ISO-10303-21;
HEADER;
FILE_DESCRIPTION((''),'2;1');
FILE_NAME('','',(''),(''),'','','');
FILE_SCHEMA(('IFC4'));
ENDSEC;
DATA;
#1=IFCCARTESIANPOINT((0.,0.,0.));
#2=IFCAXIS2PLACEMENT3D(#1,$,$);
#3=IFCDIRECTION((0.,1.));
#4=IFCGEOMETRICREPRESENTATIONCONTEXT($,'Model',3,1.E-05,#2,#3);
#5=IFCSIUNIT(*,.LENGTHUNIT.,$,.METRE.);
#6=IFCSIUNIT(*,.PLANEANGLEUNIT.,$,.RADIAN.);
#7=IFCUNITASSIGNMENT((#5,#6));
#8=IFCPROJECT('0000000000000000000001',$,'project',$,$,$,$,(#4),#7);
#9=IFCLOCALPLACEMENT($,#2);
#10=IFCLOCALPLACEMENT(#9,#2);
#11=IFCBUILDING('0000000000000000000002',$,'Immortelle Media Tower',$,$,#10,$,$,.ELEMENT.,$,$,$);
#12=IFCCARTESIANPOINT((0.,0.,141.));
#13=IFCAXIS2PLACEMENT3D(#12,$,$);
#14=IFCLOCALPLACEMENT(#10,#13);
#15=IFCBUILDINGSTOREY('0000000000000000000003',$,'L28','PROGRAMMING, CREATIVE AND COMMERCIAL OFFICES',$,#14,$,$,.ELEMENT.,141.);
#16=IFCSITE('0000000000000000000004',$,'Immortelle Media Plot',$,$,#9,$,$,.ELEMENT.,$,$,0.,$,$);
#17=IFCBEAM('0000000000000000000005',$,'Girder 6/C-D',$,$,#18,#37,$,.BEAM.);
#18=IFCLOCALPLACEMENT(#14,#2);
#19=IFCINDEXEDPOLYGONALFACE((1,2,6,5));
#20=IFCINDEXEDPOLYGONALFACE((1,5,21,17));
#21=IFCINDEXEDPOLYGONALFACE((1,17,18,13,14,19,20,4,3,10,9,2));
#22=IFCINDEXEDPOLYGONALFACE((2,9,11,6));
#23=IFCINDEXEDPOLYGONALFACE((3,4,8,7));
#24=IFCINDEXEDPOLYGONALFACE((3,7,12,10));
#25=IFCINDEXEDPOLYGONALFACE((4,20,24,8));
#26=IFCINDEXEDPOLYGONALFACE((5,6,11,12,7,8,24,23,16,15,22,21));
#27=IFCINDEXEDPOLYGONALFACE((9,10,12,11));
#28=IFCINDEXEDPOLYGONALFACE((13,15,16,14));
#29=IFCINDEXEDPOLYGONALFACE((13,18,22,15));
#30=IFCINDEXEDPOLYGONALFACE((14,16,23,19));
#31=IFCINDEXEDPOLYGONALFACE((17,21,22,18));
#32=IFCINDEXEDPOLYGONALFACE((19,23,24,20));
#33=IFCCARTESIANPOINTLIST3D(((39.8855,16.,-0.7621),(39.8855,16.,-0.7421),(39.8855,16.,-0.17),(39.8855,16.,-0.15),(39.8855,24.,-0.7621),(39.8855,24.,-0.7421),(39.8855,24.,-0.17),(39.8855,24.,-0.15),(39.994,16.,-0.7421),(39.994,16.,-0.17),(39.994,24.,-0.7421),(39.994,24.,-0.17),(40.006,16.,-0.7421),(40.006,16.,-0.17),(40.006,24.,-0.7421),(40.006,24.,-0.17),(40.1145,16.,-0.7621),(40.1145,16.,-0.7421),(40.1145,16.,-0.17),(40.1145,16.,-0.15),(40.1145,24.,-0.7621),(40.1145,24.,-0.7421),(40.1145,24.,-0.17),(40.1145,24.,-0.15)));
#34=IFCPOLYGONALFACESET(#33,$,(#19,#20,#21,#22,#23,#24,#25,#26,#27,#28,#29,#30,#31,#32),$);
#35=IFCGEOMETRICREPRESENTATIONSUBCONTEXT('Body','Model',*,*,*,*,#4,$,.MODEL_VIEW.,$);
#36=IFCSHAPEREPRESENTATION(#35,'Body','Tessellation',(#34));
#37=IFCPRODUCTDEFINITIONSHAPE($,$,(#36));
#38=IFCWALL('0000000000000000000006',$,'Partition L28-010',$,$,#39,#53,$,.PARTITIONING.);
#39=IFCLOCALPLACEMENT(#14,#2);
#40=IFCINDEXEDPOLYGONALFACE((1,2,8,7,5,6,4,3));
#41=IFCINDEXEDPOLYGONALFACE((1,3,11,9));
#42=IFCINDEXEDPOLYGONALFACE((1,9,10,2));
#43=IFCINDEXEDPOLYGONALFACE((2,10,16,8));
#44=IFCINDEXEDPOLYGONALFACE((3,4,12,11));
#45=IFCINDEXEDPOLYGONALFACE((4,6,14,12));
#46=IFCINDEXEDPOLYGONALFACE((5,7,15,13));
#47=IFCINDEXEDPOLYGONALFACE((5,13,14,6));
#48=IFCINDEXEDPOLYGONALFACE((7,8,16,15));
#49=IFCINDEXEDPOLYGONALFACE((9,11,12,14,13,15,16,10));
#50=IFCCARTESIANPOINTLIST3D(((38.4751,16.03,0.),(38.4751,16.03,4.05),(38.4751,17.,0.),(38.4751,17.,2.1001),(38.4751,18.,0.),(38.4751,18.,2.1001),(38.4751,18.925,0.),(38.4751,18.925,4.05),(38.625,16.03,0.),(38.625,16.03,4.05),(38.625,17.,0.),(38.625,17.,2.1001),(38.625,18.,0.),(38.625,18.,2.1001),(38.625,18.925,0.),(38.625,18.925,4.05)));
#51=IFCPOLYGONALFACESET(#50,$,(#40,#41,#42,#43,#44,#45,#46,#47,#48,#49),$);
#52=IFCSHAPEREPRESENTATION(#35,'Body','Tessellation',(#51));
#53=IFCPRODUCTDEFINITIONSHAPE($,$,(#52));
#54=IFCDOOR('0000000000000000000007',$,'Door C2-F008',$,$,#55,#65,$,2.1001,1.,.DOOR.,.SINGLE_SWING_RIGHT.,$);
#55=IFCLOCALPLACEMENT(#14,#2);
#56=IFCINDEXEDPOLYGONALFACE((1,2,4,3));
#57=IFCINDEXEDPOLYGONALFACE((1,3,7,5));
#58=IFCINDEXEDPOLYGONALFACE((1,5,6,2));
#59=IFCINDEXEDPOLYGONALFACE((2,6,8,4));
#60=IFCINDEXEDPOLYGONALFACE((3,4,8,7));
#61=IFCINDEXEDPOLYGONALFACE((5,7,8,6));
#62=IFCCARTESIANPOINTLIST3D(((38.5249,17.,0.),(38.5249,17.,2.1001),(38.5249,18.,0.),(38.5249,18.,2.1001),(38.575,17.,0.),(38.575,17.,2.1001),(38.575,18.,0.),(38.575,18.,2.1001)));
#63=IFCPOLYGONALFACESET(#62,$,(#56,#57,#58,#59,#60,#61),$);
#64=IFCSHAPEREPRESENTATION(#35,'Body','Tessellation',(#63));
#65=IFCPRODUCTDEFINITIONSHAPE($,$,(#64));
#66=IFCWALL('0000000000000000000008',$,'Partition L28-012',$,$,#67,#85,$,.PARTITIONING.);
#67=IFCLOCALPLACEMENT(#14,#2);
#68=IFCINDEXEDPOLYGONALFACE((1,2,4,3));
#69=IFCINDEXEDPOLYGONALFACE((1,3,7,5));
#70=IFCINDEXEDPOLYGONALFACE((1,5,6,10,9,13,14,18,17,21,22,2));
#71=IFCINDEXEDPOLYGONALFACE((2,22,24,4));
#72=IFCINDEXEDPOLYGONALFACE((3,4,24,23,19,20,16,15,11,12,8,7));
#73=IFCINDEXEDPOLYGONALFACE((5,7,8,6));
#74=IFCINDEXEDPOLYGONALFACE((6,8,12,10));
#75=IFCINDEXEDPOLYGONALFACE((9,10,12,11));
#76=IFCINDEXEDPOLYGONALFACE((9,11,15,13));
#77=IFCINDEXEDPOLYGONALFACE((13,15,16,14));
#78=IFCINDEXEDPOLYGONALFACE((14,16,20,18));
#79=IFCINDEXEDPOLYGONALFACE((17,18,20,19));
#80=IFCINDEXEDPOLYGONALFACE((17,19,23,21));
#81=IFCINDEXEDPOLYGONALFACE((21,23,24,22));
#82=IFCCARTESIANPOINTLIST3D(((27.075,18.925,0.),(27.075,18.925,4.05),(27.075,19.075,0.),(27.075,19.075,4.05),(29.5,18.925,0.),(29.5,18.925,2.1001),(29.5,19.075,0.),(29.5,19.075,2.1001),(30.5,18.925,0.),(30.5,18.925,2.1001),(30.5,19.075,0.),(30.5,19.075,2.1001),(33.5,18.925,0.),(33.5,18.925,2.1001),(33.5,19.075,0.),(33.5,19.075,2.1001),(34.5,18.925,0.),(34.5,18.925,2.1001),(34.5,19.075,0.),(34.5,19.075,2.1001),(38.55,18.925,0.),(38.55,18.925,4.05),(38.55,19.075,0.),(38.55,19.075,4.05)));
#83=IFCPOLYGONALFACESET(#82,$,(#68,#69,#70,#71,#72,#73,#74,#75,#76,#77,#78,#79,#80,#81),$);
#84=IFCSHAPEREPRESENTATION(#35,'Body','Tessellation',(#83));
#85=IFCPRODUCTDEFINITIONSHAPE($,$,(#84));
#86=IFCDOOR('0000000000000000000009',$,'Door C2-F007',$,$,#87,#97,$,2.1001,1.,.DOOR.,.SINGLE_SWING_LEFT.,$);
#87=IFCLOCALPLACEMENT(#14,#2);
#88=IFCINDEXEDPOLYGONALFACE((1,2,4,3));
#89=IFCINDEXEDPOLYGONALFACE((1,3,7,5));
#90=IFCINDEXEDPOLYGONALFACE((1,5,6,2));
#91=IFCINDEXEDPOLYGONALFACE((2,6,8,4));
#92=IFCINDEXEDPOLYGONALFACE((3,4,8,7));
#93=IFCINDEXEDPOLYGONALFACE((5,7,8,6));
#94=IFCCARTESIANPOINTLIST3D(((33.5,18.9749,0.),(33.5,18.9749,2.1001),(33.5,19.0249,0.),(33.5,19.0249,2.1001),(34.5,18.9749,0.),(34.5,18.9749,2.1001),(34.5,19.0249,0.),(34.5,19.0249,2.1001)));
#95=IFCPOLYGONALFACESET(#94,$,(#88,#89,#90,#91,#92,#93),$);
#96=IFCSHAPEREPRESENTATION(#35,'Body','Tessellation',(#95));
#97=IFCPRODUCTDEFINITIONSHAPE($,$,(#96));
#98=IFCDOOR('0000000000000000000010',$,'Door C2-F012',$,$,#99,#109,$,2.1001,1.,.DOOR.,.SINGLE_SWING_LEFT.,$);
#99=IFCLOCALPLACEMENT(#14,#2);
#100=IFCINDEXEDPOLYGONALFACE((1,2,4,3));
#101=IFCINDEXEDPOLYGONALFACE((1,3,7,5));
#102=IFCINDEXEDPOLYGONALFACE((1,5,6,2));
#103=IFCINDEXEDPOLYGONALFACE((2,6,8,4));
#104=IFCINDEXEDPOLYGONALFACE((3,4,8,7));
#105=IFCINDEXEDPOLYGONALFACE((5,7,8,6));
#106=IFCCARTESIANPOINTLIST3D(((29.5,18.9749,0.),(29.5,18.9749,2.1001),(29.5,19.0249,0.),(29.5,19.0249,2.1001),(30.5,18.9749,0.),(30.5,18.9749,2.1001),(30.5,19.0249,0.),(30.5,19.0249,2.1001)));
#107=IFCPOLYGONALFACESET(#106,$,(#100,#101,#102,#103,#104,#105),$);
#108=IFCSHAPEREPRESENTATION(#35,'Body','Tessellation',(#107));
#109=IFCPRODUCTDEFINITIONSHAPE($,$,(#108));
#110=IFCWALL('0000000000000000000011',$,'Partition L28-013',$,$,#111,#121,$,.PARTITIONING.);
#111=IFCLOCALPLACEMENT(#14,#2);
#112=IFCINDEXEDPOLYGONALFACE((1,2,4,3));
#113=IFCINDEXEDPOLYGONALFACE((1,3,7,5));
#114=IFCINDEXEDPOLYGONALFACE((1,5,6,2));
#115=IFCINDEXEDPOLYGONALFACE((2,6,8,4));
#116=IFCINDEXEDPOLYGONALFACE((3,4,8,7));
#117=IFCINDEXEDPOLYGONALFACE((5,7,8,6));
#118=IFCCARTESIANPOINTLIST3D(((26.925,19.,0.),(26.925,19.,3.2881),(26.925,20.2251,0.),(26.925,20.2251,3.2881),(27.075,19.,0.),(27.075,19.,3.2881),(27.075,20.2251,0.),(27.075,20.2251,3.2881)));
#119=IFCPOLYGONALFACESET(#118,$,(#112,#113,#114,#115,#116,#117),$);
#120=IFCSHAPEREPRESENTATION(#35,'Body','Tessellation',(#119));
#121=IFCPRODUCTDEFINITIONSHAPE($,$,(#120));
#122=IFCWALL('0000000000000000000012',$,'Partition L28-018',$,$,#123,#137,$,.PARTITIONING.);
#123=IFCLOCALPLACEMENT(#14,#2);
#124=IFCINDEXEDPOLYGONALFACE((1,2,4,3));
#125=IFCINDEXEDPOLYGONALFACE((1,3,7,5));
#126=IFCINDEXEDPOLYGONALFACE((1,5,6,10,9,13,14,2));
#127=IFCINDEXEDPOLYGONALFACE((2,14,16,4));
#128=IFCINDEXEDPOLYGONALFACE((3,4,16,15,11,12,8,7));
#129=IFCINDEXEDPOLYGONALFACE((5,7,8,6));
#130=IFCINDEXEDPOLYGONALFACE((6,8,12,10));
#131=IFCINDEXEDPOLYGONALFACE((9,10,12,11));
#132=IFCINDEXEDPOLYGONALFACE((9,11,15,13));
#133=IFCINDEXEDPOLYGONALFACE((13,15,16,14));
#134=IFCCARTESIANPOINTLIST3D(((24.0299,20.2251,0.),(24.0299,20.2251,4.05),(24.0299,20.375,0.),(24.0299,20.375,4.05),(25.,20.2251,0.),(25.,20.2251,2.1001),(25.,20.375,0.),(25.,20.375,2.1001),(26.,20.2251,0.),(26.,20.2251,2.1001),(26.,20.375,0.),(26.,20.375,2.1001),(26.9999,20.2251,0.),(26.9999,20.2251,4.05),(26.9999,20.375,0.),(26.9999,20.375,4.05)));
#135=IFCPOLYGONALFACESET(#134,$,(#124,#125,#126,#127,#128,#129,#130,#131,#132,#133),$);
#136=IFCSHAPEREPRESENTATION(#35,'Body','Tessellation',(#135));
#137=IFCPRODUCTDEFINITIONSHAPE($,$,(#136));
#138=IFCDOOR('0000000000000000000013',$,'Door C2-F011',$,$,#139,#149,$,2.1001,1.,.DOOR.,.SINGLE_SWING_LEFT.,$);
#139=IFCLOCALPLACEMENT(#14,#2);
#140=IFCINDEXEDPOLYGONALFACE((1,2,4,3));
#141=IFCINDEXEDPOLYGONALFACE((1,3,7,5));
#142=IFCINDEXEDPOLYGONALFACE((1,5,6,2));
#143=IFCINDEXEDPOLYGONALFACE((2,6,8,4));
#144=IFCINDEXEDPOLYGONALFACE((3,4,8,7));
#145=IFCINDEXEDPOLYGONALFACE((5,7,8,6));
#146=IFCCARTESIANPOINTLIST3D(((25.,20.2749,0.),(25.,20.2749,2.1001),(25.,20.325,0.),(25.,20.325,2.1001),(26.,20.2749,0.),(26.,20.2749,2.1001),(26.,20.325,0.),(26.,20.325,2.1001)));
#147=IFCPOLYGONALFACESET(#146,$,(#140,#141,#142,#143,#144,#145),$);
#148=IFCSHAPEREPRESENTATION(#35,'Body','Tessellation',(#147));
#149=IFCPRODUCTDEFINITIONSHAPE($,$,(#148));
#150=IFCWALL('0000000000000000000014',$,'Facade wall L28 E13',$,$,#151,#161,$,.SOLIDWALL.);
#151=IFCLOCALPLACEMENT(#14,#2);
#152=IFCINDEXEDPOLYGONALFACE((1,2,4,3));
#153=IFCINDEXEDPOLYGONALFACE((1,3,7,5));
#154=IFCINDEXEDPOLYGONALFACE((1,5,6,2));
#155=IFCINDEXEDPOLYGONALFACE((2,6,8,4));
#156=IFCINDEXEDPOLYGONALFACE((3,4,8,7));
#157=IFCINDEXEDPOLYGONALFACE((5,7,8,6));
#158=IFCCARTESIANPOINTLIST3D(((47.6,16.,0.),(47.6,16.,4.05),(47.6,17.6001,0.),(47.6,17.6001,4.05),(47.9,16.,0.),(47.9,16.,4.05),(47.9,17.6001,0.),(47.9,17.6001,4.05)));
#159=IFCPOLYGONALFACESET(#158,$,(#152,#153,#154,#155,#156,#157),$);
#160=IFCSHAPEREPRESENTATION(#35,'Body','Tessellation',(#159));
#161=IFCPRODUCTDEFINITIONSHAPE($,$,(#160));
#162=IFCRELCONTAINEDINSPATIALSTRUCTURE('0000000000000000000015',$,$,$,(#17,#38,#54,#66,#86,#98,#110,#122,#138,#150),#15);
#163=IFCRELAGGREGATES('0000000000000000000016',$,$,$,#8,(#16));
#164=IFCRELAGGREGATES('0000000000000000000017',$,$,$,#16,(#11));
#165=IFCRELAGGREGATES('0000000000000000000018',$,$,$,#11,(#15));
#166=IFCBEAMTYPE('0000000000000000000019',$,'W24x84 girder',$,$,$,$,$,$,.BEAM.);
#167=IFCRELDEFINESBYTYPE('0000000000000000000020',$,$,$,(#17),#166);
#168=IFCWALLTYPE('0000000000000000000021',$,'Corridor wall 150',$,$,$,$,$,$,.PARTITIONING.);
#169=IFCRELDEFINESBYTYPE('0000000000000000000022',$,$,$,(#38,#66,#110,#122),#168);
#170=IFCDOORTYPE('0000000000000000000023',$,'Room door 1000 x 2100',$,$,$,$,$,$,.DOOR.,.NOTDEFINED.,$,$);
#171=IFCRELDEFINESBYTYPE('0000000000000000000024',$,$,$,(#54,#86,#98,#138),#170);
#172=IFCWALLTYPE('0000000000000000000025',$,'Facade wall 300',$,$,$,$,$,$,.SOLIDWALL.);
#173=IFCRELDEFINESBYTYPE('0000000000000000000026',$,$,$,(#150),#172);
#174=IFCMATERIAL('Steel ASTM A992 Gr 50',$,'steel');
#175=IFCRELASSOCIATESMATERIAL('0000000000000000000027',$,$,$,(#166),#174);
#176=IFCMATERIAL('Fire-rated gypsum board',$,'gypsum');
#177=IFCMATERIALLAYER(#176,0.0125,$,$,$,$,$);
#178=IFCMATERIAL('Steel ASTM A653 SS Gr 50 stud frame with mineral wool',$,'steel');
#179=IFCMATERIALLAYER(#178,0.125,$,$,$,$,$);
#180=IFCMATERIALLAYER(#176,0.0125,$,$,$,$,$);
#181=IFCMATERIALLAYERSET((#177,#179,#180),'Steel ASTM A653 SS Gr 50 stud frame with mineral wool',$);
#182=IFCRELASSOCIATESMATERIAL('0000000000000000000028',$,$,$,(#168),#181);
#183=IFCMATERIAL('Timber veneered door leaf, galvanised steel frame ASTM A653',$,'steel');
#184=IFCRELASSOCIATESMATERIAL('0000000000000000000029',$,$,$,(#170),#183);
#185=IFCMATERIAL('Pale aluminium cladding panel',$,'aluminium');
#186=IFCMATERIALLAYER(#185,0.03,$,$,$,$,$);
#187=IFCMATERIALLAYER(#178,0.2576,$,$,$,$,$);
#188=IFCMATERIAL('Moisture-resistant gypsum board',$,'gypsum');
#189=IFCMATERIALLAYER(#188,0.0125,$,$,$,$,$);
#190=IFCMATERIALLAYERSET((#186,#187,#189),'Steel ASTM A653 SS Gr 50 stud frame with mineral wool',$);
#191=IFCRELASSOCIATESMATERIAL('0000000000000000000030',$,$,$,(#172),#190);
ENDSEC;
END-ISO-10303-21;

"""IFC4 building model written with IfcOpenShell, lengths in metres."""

from ifc_helpers import new_model, si_unit, direction, frame, frame_2d, origin, origin_2d, place, context, subcontext, project, spatial, rectangle, i_section, extrude, material, layer, layer_set, material_profile, profile_set, type_object, element, fill, save


model = new_model("IFC4")

# Units and contexts
model_context = context("Model", 3, precision=1e-05, world=origin(), true_north=direction((0.0, 1.0)))
body_context = subcontext(model_context, "Body", "Model", "MODEL_VIEW")
ifc_project = project(units=[si_unit("LENGTHUNIT", "METRE"), si_unit("PLANEANGLEUNIT", "RADIAN")], contexts=[model_context])

# Site, building, storey
site_placement = place(None, origin())
site = spatial("IfcSite", under=ifc_project, at=site_placement, Name="Immortelle Media Plot", CompositionType="ELEMENT", RefElevation=0.0)
building_placement = place(site_placement, origin())
building = spatial("IfcBuilding", under=site, at=building_placement, Name="Immortelle Media Tower", CompositionType="ELEMENT")
storey_placement = place(building_placement, frame((0.0, 0.0, 141.0)))
storey = spatial("IfcBuildingStorey", under=building, at=storey_placement, Name="L28", Description="PROGRAMMING, CREATIVE AND COMMERCIAL OFFICES", CompositionType="ELEMENT", Elevation=141.0)

# Shared definitions
ifc_material_1 = material(Name="Steel ASTM A992 Gr 50", Category="steel")

# Beam
ifc_material_profile_1 = material_profile(ifc_material_1, i_section(OverallWidth=0.229, OverallDepth=0.6121, WebThickness=0.012, FlangeThickness=0.02, at=origin_2d()), Name="W24x84")
ifc_profile_set_1 = profile_set([ifc_material_profile_1], Name="Steel ASTM A992 Gr 50")
beam_type_1 = type_object("IfcBeamType", Name="W24x84 girder", PredefinedType="BEAM", material=ifc_profile_set_1)
for number, where, z_axis, x_axis, name in (
    (1, (40.0, 16.0, -0.4561), (0.0, 1.0, 0.0), (-1.0, 0.0, 0.0), "Girder 6/C-D"),
):
    element("IfcBeam", number, at=place(storey_placement, frame(where, z_axis=z_axis, x_axis=x_axis)), inside=storey, type_object=beam_type_1, Name=name, PredefinedType="BEAM", context=body_context, shape_type="SweptSolid", body=[
        extrude(i_section(OverallWidth=0.229, OverallDepth=0.6121, WebThickness=0.012, FlangeThickness=0.02, at=origin_2d()), origin(), (0.0, 0.0, 1.0), 8.0),
    ])

# Wall, opening, door
ifc_material_2 = material(Name="Fire-rated gypsum board", Category="gypsum")
ifc_layer_1 = layer(ifc_material_2, 0.0125)
ifc_material_3 = material(Name="Steel ASTM A653 SS Gr 50 stud frame with mineral wool", Category="steel")
ifc_layer_2 = layer(ifc_material_3, 0.125)
ifc_layer_3 = layer(ifc_material_2, 0.0125)
ifc_layer_set_1 = layer_set([ifc_layer_1, ifc_layer_2, ifc_layer_3], Name="Steel ASTM A653 SS Gr 50 stud frame with mineral wool")
wall_type_1 = type_object("IfcWallType", Name="Corridor wall 150", PredefinedType="PARTITIONING", material=ifc_layer_set_1)
wall_1_placement = place(storey_placement, frame((38.55, 16.03, 0.0), z_axis=(0.0, 0.0, 1.0), x_axis=(0.0, 1.0, 0.0)))
wall_1 = element("IfcWall", 2, at=wall_1_placement, inside=storey, type_object=wall_type_1, Name="Partition L28-010", PredefinedType="PARTITIONING", context=body_context, shape_type="SweptSolid", body=[
    extrude(rectangle(XDim=2.895, YDim=0.1499, at=frame_2d((1.4475, 0.0))), origin(), (0.0, 0.0, 1.0), 4.05),
])
opening_1_placement = place(wall_1_placement, frame((1.97, 0.0, 0.0), z_axis=(0.0, 0.0, 1.0), x_axis=(-1.0, 0.0, 0.0)))
opening_1 = element("IfcOpeningElement", 3, at=opening_1_placement, cuts=wall_1, PredefinedType="OPENING", context=body_context, shape_type="SweptSolid", body=[
    extrude(rectangle(XDim=1.0, YDim=2.1001, at=frame_2d((0.5, 1.05))), frame((0.0, 0.085, 0.0), z_axis=(0.0, -1.0, 0.0), x_axis=(1.0, 0.0, 0.0)), (0.0, 0.0, 1.0), 0.1699),
])
ifc_material_4 = material(Name="Timber veneered door leaf, galvanised steel frame ASTM A653", Category="steel")
door_type_1 = type_object("IfcDoorType", Name="Room door 1000 x 2100", OperationType="NOTDEFINED", PredefinedType="DOOR", material=ifc_material_4)
door_1_placement = place(opening_1_placement, origin())
door_1 = element("IfcDoor", 4, at=door_1_placement, inside=storey, type_object=door_type_1, Name="Door C2-F008", OperationType="SINGLE_SWING_RIGHT", OverallHeight=2.1001, OverallWidth=1.0, PredefinedType="DOOR", context=body_context, shape_type="SweptSolid", body=[
    extrude(rectangle(XDim=1.0, YDim=2.1001, at=frame_2d((0.5, 1.05))), frame((0.0, 0.0249, 0.0), z_axis=(0.0, -1.0, 0.0), x_axis=(1.0, 0.0, 0.0)), (0.0, 0.0, 1.0), 0.05),
])
fill(opening_1, door_1)

# Wall, openings, doors
wall_2_placement = place(storey_placement, frame((27.075, 19.0, 0.0), z_axis=(0.0, 0.0, 1.0), x_axis=(1.0, 0.0, 0.0)))
wall_2 = element("IfcWall", 5, at=wall_2_placement, inside=storey, type_object=wall_type_1, Name="Partition L28-012", PredefinedType="PARTITIONING", context=body_context, shape_type="SweptSolid", body=[
    extrude(rectangle(XDim=11.4751, YDim=0.1499, at=frame_2d((5.7375, 0.0))), origin(), (0.0, 0.0, 1.0), 4.05),
])
opening_2_placement = place(wall_2_placement, frame((6.425, 0.0, 0.0)))
opening_2 = element("IfcOpeningElement", 6, at=opening_2_placement, cuts=wall_2, PredefinedType="OPENING", context=body_context, shape_type="SweptSolid", body=[
    extrude(rectangle(XDim=1.0, YDim=2.1001, at=frame_2d((0.5, 1.05))), frame((0.0, 0.085, 0.0), z_axis=(0.0, -1.0, 0.0), x_axis=(1.0, 0.0, 0.0)), (0.0, 0.0, 1.0), 0.1699),
])
opening_3_placement = place(wall_2_placement, frame((2.425, 0.0, 0.0)))
opening_3 = element("IfcOpeningElement", 7, at=opening_3_placement, cuts=wall_2, PredefinedType="OPENING", context=body_context, shape_type="SweptSolid", body=[
    extrude(rectangle(XDim=1.0, YDim=2.1001, at=frame_2d((0.5, 1.05))), frame((0.0, 0.085, 0.0), z_axis=(0.0, -1.0, 0.0), x_axis=(1.0, 0.0, 0.0)), (0.0, 0.0, 1.0), 0.1699),
])
door_2_placement = place(opening_2_placement, origin())
door_2 = element("IfcDoor", 8, at=door_2_placement, inside=storey, type_object=door_type_1, Name="Door C2-F007", OperationType="SINGLE_SWING_LEFT", OverallHeight=2.1001, OverallWidth=1.0, PredefinedType="DOOR", context=body_context, shape_type="SweptSolid", body=[
    extrude(rectangle(XDim=1.0, YDim=2.1001, at=frame_2d((0.5, 1.05))), frame((0.0, 0.0249, 0.0), z_axis=(0.0, -1.0, 0.0), x_axis=(1.0, 0.0, 0.0)), (0.0, 0.0, 1.0), 0.05),
])
fill(opening_2, door_2)
door_3_placement = place(opening_3_placement, origin())
door_3 = element("IfcDoor", 9, at=door_3_placement, inside=storey, type_object=door_type_1, Name="Door C2-F012", OperationType="SINGLE_SWING_LEFT", OverallHeight=2.1001, OverallWidth=1.0, PredefinedType="DOOR", context=body_context, shape_type="SweptSolid", body=[
    extrude(rectangle(XDim=1.0, YDim=2.1001, at=frame_2d((0.5, 1.05))), frame((0.0, 0.0249, 0.0), z_axis=(0.0, -1.0, 0.0), x_axis=(1.0, 0.0, 0.0)), (0.0, 0.0, 1.0), 0.05),
])
fill(opening_3, door_3)

# Wall
wall_3_placement = place(storey_placement, frame((27.0, 19.0, 0.0), z_axis=(0.0, 0.0, 1.0), x_axis=(0.0, 1.0, 0.0)))
element("IfcWall", 10, at=wall_3_placement, inside=storey, type_object=wall_type_1, Name="Partition L28-013", PredefinedType="PARTITIONING", context=body_context, shape_type="SweptSolid", body=[
    extrude(rectangle(XDim=1.2251, YDim=0.1499, at=frame_2d((0.6125, 0.0))), origin(), (0.0, 0.0, 1.0), 3.2881),
])

# Wall, opening, door
wall_4_placement = place(storey_placement, frame((24.03, 20.3, 0.0), z_axis=(0.0, 0.0, 1.0), x_axis=(1.0, 0.0, 0.0)))
wall_4 = element("IfcWall", 11, at=wall_4_placement, inside=storey, type_object=wall_type_1, Name="Partition L28-018", PredefinedType="PARTITIONING", context=body_context, shape_type="SweptSolid", body=[
    extrude(rectangle(XDim=2.97, YDim=0.1499, at=frame_2d((1.4849, 0.0))), origin(), (0.0, 0.0, 1.0), 4.05),
])
opening_4_placement = place(wall_4_placement, frame((0.97, 0.0, 0.0)))
opening_4 = element("IfcOpeningElement", 12, at=opening_4_placement, cuts=wall_4, PredefinedType="OPENING", context=body_context, shape_type="SweptSolid", body=[
    extrude(rectangle(XDim=1.0, YDim=2.1001, at=frame_2d((0.5, 1.05))), frame((0.0, 0.085, 0.0), z_axis=(0.0, -1.0, 0.0), x_axis=(1.0, 0.0, 0.0)), (0.0, 0.0, 1.0), 0.1699),
])
door_4_placement = place(opening_4_placement, origin())
door_4 = element("IfcDoor", 13, at=door_4_placement, inside=storey, type_object=door_type_1, Name="Door C2-F011", OperationType="SINGLE_SWING_LEFT", OverallHeight=2.1001, OverallWidth=1.0, PredefinedType="DOOR", context=body_context, shape_type="SweptSolid", body=[
    extrude(rectangle(XDim=1.0, YDim=2.1001, at=frame_2d((0.5, 1.05))), frame((0.0, 0.0249, 0.0), z_axis=(0.0, -1.0, 0.0), x_axis=(1.0, 0.0, 0.0)), (0.0, 0.0, 1.0), 0.05),
])
fill(opening_4, door_4)

# Wall
ifc_material_5 = material(Name="Pale aluminium cladding panel", Category="aluminium")
ifc_layer_4 = layer(ifc_material_5, 0.03)
ifc_layer_5 = layer(ifc_material_3, 0.2576)
ifc_material_6 = material(Name="Moisture-resistant gypsum board", Category="gypsum")
ifc_layer_6 = layer(ifc_material_6, 0.0125)
ifc_layer_set_2 = layer_set([ifc_layer_4, ifc_layer_5, ifc_layer_6], Name="Steel ASTM A653 SS Gr 50 stud frame with mineral wool")
wall_type_2 = type_object("IfcWallType", Name="Facade wall 300", PredefinedType="SOLIDWALL", material=ifc_layer_set_2)
wall_5_placement = place(storey_placement, frame((47.75, 16.0, 0.0), z_axis=(0.0, 0.0, 1.0), x_axis=(0.0, 1.0, 0.0)))
element("IfcWall", 14, at=wall_5_placement, inside=storey, type_object=wall_type_2, Name="Facade wall L28 E13", PredefinedType="SOLIDWALL", context=body_context, shape_type="SweptSolid", body=[
    extrude(rectangle(XDim=1.6001, YDim=0.3, at=frame_2d((0.8, 0.0))), origin(), (0.0, 0.0, 1.0), 4.05),
])

save(model, "model.ifc")
